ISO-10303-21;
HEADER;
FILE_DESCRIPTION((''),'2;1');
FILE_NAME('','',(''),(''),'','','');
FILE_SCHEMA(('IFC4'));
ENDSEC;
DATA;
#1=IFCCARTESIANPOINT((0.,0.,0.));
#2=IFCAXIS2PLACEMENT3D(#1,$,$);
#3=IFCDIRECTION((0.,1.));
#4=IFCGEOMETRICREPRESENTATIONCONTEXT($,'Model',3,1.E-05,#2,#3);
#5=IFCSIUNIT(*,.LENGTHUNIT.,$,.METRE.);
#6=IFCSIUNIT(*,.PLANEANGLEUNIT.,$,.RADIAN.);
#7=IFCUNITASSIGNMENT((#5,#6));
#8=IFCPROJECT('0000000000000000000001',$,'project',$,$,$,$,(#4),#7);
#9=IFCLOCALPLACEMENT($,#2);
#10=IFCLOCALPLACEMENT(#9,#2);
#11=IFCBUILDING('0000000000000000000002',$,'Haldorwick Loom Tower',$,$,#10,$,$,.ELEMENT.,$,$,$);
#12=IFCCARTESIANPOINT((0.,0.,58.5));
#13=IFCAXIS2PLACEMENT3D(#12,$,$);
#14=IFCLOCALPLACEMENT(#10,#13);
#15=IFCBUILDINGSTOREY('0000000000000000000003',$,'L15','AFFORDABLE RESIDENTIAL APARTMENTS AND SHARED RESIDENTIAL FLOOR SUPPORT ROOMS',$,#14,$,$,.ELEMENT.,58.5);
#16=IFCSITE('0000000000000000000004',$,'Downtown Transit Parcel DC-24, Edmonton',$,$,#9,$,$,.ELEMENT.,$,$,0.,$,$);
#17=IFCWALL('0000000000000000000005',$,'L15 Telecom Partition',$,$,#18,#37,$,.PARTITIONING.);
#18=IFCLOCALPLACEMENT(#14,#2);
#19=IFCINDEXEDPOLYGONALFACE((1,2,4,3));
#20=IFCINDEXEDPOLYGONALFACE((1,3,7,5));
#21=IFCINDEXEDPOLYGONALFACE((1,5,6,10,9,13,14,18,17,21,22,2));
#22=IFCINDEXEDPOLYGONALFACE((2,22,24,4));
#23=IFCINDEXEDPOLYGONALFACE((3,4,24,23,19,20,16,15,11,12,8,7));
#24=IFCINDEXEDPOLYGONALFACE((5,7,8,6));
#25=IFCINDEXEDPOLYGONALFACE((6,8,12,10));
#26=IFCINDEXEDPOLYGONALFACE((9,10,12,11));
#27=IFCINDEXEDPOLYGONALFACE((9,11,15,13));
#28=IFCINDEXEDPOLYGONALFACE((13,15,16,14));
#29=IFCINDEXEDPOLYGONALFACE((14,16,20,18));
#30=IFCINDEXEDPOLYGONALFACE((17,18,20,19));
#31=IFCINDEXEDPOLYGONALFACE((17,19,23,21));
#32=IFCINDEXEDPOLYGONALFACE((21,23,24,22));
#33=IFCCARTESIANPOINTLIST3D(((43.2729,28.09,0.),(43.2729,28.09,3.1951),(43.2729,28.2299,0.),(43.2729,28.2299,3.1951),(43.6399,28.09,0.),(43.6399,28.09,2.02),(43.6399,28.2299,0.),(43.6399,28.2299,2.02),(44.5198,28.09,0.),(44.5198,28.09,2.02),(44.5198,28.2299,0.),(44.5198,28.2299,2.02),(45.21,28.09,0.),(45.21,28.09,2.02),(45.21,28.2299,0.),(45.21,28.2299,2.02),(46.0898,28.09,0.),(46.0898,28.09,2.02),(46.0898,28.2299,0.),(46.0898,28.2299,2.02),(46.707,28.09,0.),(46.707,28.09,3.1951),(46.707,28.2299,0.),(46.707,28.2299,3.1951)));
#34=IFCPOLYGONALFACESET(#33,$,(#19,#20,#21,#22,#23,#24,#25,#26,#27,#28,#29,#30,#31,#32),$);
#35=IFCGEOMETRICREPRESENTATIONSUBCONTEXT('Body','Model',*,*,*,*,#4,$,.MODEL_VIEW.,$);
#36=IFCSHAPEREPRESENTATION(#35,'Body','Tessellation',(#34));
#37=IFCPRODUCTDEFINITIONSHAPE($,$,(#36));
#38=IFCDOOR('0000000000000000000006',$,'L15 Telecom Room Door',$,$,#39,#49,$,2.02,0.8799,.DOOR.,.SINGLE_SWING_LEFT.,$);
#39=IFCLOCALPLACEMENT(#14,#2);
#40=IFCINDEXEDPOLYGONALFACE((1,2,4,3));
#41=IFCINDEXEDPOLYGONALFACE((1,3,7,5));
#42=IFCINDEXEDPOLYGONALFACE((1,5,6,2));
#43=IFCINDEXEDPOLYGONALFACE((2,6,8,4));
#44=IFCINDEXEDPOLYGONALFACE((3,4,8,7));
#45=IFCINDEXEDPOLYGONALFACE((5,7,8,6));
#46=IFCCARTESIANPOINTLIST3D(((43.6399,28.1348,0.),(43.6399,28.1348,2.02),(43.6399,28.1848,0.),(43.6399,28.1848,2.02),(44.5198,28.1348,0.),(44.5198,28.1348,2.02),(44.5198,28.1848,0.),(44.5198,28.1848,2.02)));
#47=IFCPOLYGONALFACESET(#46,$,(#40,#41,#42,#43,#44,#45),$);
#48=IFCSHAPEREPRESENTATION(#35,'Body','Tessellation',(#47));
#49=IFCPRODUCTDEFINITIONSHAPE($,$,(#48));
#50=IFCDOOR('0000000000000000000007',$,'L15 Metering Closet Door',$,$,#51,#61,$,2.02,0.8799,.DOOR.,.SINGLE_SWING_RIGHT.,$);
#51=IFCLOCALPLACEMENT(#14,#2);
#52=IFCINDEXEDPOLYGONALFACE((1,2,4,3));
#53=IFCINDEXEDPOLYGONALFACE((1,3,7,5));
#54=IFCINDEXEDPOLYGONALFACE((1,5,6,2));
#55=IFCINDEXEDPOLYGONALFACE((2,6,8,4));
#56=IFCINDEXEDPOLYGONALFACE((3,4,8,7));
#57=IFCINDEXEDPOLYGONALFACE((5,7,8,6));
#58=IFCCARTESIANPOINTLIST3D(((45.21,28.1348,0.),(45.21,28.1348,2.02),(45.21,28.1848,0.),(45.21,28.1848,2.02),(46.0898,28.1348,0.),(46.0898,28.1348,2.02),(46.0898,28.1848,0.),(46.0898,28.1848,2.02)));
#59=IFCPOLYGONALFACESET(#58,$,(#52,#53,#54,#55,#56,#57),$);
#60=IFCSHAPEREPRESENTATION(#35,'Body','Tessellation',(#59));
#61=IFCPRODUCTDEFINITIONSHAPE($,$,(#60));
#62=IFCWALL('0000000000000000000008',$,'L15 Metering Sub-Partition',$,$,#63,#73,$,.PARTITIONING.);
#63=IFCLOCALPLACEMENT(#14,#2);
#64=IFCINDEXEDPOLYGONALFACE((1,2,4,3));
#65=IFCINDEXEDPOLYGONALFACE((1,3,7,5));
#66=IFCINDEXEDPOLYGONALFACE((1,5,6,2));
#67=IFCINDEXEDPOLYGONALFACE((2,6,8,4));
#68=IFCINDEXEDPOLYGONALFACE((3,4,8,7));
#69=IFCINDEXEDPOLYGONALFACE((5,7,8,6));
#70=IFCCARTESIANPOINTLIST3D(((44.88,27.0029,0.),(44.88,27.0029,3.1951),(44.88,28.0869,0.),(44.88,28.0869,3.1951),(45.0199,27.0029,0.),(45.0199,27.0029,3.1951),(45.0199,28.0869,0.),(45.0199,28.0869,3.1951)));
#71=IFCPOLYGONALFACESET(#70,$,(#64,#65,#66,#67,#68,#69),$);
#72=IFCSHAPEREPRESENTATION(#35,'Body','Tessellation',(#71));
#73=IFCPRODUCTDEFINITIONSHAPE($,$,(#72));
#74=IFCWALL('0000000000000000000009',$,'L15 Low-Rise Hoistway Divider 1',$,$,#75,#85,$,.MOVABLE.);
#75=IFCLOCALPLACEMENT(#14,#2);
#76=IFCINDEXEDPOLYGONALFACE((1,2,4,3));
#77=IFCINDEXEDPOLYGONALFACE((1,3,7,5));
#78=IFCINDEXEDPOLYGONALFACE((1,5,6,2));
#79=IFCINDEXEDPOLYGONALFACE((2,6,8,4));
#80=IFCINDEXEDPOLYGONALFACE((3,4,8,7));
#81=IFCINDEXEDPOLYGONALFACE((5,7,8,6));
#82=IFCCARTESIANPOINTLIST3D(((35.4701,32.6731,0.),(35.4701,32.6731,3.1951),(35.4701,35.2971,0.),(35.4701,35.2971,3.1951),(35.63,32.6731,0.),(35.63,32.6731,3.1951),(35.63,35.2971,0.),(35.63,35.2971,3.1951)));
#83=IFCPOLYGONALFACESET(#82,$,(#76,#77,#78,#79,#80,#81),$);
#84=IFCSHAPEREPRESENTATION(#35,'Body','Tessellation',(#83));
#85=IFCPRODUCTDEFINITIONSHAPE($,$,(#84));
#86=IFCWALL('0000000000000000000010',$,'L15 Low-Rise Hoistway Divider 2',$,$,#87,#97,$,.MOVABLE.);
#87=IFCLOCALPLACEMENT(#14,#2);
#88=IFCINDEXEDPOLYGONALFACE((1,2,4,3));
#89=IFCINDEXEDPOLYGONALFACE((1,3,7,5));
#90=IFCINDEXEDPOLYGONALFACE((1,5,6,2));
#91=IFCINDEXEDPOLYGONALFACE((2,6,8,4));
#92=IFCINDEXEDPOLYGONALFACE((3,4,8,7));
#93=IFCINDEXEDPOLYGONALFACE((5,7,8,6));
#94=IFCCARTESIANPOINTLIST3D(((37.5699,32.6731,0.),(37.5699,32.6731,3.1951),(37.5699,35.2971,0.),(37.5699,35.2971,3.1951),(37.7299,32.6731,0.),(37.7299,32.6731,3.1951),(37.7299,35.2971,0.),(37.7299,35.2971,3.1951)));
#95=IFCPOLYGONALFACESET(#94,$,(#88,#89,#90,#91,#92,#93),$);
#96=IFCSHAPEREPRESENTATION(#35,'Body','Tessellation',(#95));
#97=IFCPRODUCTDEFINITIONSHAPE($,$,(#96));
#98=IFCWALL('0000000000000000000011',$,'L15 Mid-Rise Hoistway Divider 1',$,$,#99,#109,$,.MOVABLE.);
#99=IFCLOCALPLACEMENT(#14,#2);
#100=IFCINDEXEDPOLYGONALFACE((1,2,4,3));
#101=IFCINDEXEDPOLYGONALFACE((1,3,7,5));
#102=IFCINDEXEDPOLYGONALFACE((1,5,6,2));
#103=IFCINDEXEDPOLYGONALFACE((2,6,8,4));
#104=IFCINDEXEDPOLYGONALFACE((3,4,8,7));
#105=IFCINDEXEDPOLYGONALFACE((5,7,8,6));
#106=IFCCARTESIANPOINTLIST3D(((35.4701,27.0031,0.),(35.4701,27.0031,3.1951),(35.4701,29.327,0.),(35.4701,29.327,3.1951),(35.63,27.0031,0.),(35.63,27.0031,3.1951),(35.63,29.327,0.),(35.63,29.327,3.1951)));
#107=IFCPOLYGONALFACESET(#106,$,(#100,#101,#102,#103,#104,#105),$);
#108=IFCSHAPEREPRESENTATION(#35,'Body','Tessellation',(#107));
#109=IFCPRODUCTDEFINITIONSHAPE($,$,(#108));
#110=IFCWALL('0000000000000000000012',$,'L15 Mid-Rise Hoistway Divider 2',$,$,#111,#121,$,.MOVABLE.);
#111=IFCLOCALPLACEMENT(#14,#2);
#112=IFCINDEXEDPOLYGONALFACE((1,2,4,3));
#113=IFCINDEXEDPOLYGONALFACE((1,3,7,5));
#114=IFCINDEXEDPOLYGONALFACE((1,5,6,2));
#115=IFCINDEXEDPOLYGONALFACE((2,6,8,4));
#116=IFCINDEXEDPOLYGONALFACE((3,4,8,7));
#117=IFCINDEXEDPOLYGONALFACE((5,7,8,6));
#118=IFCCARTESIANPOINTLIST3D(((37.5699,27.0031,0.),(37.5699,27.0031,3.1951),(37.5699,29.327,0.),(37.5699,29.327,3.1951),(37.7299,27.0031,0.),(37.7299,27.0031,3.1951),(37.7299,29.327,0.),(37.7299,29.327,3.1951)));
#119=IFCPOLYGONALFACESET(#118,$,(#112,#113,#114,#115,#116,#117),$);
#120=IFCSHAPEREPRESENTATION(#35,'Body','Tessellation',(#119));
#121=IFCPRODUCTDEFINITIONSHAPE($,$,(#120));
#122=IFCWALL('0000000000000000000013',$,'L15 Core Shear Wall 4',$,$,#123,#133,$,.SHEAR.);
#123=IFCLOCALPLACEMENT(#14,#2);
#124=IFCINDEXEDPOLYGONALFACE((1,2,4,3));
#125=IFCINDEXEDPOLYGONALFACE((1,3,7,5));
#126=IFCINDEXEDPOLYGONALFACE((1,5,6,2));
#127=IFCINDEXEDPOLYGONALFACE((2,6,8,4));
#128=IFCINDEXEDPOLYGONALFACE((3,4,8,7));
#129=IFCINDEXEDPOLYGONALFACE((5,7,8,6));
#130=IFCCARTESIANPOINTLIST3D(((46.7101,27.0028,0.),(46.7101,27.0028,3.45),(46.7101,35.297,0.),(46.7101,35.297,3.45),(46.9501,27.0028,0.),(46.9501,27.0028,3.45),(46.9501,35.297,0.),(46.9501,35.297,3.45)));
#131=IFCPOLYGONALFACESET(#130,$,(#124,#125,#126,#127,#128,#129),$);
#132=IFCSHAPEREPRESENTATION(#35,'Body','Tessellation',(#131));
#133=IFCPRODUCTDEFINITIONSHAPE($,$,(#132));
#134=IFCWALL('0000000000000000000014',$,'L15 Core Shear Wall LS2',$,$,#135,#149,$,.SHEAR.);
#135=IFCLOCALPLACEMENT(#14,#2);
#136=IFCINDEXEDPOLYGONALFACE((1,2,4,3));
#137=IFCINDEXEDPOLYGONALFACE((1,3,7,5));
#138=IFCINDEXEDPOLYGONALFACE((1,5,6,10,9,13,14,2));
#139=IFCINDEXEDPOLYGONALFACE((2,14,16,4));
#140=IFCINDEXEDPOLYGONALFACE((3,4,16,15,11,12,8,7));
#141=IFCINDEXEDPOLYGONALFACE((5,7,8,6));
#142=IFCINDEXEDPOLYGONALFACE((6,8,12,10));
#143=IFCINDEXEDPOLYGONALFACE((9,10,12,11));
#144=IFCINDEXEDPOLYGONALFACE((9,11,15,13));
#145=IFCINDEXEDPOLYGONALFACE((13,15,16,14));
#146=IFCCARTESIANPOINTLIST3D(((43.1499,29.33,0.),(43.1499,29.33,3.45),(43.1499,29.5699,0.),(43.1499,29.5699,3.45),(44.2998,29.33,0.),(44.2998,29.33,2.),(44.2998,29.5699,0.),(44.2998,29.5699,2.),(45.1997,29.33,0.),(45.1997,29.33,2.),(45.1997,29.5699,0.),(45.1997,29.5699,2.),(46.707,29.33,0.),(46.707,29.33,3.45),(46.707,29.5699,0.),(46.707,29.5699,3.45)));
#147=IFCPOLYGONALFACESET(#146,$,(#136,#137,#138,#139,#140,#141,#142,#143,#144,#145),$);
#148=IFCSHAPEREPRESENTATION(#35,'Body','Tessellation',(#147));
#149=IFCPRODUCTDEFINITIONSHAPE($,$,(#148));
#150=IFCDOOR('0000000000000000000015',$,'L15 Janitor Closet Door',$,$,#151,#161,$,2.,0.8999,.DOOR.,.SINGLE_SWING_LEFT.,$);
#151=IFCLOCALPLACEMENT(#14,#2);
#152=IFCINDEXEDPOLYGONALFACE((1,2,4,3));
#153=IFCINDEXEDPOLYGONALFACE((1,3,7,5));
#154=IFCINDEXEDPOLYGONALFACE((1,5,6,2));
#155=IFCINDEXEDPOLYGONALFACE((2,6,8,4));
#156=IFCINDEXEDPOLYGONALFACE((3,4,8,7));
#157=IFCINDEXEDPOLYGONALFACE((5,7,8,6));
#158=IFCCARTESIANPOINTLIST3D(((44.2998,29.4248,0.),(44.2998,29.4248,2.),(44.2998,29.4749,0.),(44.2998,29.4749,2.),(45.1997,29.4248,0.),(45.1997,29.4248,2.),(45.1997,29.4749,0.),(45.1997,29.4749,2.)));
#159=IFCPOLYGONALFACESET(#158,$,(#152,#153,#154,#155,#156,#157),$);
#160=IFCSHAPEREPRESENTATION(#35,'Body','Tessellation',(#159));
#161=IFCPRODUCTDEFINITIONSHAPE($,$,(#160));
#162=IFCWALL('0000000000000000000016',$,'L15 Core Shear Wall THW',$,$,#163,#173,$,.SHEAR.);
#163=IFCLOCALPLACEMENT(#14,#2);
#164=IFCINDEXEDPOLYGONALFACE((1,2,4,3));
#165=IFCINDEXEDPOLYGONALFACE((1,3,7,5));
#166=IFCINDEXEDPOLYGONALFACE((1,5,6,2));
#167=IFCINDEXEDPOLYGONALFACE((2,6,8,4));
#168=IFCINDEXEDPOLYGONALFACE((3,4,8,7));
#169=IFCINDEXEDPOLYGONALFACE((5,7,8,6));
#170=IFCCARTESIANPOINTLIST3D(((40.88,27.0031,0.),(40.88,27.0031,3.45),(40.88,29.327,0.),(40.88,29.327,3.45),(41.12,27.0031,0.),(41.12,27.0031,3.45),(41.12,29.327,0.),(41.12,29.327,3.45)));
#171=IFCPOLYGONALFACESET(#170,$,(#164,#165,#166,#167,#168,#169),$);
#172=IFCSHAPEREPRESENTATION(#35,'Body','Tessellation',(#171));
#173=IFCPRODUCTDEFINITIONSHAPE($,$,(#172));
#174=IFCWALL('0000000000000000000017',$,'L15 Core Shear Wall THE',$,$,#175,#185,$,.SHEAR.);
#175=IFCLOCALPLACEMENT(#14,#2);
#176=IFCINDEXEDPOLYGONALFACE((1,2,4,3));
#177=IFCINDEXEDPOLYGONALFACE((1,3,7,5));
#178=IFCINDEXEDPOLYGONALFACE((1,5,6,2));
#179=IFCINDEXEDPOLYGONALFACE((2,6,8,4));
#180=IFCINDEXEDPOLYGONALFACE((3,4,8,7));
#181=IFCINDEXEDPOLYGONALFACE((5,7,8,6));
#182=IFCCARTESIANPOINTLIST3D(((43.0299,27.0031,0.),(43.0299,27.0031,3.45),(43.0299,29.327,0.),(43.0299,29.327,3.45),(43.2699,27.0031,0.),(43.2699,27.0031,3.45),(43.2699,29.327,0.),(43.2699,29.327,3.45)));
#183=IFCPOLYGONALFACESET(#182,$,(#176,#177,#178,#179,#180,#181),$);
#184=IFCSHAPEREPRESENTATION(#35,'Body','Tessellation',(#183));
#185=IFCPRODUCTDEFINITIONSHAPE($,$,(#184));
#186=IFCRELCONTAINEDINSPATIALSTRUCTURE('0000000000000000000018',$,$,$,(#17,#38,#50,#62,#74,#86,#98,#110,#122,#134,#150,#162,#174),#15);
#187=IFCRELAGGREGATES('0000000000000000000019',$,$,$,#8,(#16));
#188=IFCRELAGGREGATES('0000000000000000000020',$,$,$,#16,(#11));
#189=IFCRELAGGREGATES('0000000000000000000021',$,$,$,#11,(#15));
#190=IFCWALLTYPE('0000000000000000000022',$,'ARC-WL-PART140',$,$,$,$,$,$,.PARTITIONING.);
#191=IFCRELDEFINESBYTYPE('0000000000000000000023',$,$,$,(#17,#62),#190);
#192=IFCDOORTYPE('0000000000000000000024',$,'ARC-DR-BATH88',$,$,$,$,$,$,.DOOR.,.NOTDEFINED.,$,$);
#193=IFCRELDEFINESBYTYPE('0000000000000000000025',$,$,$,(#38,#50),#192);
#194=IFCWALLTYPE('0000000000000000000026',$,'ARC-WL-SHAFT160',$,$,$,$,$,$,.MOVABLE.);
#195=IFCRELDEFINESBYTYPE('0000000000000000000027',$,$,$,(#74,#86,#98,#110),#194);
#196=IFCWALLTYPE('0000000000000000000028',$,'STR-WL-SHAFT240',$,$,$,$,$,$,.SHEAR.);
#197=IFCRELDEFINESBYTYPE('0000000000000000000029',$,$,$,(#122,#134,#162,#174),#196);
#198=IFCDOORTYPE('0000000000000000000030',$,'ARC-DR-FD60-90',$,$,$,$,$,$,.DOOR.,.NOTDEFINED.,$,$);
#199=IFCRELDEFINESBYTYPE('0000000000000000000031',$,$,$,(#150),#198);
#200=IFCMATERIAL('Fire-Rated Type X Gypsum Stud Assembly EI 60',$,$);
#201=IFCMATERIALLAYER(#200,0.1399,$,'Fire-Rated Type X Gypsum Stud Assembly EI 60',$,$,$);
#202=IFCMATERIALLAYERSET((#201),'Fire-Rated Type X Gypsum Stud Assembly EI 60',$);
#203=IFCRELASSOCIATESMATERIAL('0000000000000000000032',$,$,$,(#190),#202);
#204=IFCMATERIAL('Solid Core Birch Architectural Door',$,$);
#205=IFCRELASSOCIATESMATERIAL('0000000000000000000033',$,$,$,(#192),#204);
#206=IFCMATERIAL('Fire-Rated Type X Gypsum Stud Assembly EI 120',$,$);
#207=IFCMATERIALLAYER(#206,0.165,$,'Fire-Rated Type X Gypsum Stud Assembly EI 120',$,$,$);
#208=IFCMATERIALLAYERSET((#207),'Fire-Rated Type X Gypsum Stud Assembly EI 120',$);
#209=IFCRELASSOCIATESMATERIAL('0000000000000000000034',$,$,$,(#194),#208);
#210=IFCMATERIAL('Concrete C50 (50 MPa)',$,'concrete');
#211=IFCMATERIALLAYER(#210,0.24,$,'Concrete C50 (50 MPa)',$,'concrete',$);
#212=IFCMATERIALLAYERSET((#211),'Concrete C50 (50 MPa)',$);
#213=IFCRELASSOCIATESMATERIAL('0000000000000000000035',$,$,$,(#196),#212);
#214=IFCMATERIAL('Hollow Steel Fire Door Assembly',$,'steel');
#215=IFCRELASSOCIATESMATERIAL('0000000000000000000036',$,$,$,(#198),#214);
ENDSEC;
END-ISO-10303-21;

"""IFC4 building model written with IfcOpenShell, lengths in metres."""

from ifc_helpers import new_model, si_unit, direction, frame, frame_2d, origin, place, context, subcontext, project, spatial, rectangle, extrude, material, layer, layer_set, type_object, element, fill, save


model = new_model("IFC4")

# Units and contexts
model_context = context("Model", 3, precision=1e-05, world=origin(), true_north=direction((0.0, 1.0)))
body_context = subcontext(model_context, "Body", "Model", "MODEL_VIEW")
ifc_project = project(units=[si_unit("LENGTHUNIT", "METRE"), si_unit("PLANEANGLEUNIT", "RADIAN")], contexts=[model_context])

# Site, building, storey
site_placement = place(None, origin())
site = spatial("IfcSite", under=ifc_project, at=site_placement, Name="Downtown Transit Parcel DC-24, Edmonton", CompositionType="ELEMENT", RefElevation=0.0)
building_placement = place(site_placement, origin())
building = spatial("IfcBuilding", under=site, at=building_placement, Name="Haldorwick Loom Tower", CompositionType="ELEMENT")
storey_placement = place(building_placement, frame((0.0, 0.0, 58.5)))
storey = spatial("IfcBuildingStorey", under=building, at=storey_placement, Name="L15", Description="AFFORDABLE RESIDENTIAL APARTMENTS AND SHARED RESIDENTIAL FLOOR SUPPORT ROOMS", CompositionType="ELEMENT", Elevation=58.5)

# Wall, openings, doors
ifc_material_1 = material(Name="Fire-Rated Type X Gypsum Stud Assembly EI 60")
ifc_layer_1 = layer(ifc_material_1, 0.1399, Name="Fire-Rated Type X Gypsum Stud Assembly EI 60")
ifc_layer_set_1 = layer_set([ifc_layer_1], Name="Fire-Rated Type X Gypsum Stud Assembly EI 60")
wall_type_1 = type_object("IfcWallType", Name="ARC-WL-PART140", PredefinedType="PARTITIONING", material=ifc_layer_set_1)
wall_1_placement = place(storey_placement, frame((43.2729, 28.1599, 0.0), z_axis=(0.0, 0.0, 1.0), x_axis=(1.0, 0.0, 0.0)))
wall_1 = element("IfcWall", 1, at=wall_1_placement, inside=storey, type_object=wall_type_1, Name="L15 Telecom Partition", PredefinedType="PARTITIONING", context=body_context, shape_type="SweptSolid", body=[
    extrude(rectangle(XDim=3.4341, YDim=0.1399, at=frame_2d((1.717, 0.0))), origin(), (0.0, 0.0, 1.0), 3.1951),
])
opening_1_placement = place(wall_1_placement, frame((0.3669, 0.0, 0.0)))
opening_1 = element("IfcOpeningElement", 2, at=opening_1_placement, cuts=wall_1, PredefinedType="OPENING", context=body_context, shape_type="SweptSolid", body=[
    extrude(rectangle(XDim=0.8799, YDim=2.02, at=frame_2d((0.4399, 1.01))), frame((0.0, 0.0798, 0.0), z_axis=(0.0, -1.0, 0.0), x_axis=(1.0, 0.0, 0.0)), (0.0, 0.0, 1.0), 0.1599),
])
opening_2_placement = place(wall_1_placement, frame((1.937, 0.0, 0.0)))
opening_2 = element("IfcOpeningElement", 3, at=opening_2_placement, cuts=wall_1, PredefinedType="OPENING", context=body_context, shape_type="SweptSolid", body=[
    extrude(rectangle(XDim=0.8799, YDim=2.02, at=frame_2d((0.4399, 1.01))), frame((0.0, 0.0798, 0.0), z_axis=(0.0, -1.0, 0.0), x_axis=(1.0, 0.0, 0.0)), (0.0, 0.0, 1.0), 0.1599),
])
ifc_material_2 = material(Name="Solid Core Birch Architectural Door")
door_type_1 = type_object("IfcDoorType", Name="ARC-DR-BATH88", OperationType="NOTDEFINED", PredefinedType="DOOR", material=ifc_material_2)
door_1_placement = place(opening_1_placement, origin())
door_1 = element("IfcDoor", 4, at=door_1_placement, inside=storey, type_object=door_type_1, Name="L15 Telecom Room Door", OperationType="SINGLE_SWING_LEFT", OverallHeight=2.02, OverallWidth=0.8799, PredefinedType="DOOR", context=body_context, shape_type="SweptSolid", body=[
    extrude(rectangle(XDim=0.8799, YDim=2.02, at=frame_2d((0.4399, 1.01))), frame((0.0, 0.0249, 0.0), z_axis=(0.0, -1.0, 0.0), x_axis=(1.0, 0.0, 0.0)), (0.0, 0.0, 1.0), 0.05),
])
fill(opening_1, door_1)
door_2_placement = place(opening_2_placement, origin())
door_2 = element("IfcDoor", 5, at=door_2_placement, inside=storey, type_object=door_type_1, Name="L15 Metering Closet Door", OperationType="SINGLE_SWING_RIGHT", OverallHeight=2.02, OverallWidth=0.8799, PredefinedType="DOOR", context=body_context, shape_type="SweptSolid", body=[
    extrude(rectangle(XDim=0.8799, YDim=2.02, at=frame_2d((0.4399, 1.01))), frame((0.0, 0.0249, 0.0), z_axis=(0.0, -1.0, 0.0), x_axis=(1.0, 0.0, 0.0)), (0.0, 0.0, 1.0), 0.05),
])
fill(opening_2, door_2)

# Walls
wall_2_placement = place(storey_placement, frame((44.95, 27.0029, 0.0), z_axis=(0.0, 0.0, 1.0), x_axis=(0.0, 1.0, 0.0)))
element("IfcWall", 6, at=wall_2_placement, inside=storey, type_object=wall_type_1, Name="L15 Metering Sub-Partition", PredefinedType="PARTITIONING", context=body_context, shape_type="SweptSolid", body=[
    extrude(rectangle(XDim=1.084, YDim=0.1399, at=frame_2d((0.542, 0.0))), origin(), (0.0, 0.0, 1.0), 3.1951),
])
ifc_material_3 = material(Name="Fire-Rated Type X Gypsum Stud Assembly EI 120")
ifc_layer_2 = layer(ifc_material_3, 0.165, Name="Fire-Rated Type X Gypsum Stud Assembly EI 120")
ifc_layer_set_2 = layer_set([ifc_layer_2], Name="Fire-Rated Type X Gypsum Stud Assembly EI 120")
wall_type_2 = type_object("IfcWallType", Name="ARC-WL-SHAFT160", PredefinedType="MOVABLE", material=ifc_layer_set_2)
for number, where, z_axis, x_axis, name in (
    (7, (35.55, 32.6731, 0.0), (0.0, 0.0, 1.0), (0.0, 1.0, 0.0), "L15 Low-Rise Hoistway Divider 1"),
    (8, (37.6499, 32.6731, 0.0), (0.0, 0.0, 1.0), (0.0, 1.0, 0.0), "L15 Low-Rise Hoistway Divider 2"),
):
    element("IfcWall", number, at=place(storey_placement, frame(where, z_axis=z_axis, x_axis=x_axis)), inside=storey, type_object=wall_type_2, Name=name, PredefinedType="MOVABLE", context=body_context, shape_type="SweptSolid", body=[
        extrude(rectangle(XDim=2.624, YDim=0.1599, at=frame_2d((1.312, 0.0))), origin(), (0.0, 0.0, 1.0), 3.1951),
    ])
for number, where, z_axis, x_axis, name in (
    (9, (35.55, 27.0029, 0.0), (0.0, 0.0, 1.0), (0.0, 1.0, 0.0), "L15 Mid-Rise Hoistway Divider 1"),
    (10, (37.6499, 27.0029, 0.0), (0.0, 0.0, 1.0), (0.0, 1.0, 0.0), "L15 Mid-Rise Hoistway Divider 2"),
):
    element("IfcWall", number, at=place(storey_placement, frame(where, z_axis=z_axis, x_axis=x_axis)), inside=storey, type_object=wall_type_2, Name=name, PredefinedType="MOVABLE", context=body_context, shape_type="SweptSolid", body=[
        extrude(rectangle(XDim=2.324, YDim=0.1599, at=frame_2d((1.1621, 0.0))), origin(), (0.0, 0.0, 1.0), 3.1951),
    ])
ifc_material_4 = material(Name="Concrete C50 (50 MPa)", Category="concrete")
ifc_layer_3 = layer(ifc_material_4, 0.24, Name="Concrete C50 (50 MPa)", Category="concrete")
ifc_layer_set_3 = layer_set([ifc_layer_3], Name="Concrete C50 (50 MPa)")
wall_type_3 = type_object("IfcWallType", Name="STR-WL-SHAFT240", PredefinedType="SHEAR", material=ifc_layer_set_3)
wall_3_placement = place(storey_placement, frame((46.8301, 27.0029, 0.0), z_axis=(0.0, 0.0, 1.0), x_axis=(0.0, 1.0, 0.0)))
element("IfcWall", 11, at=wall_3_placement, inside=storey, type_object=wall_type_3, Name="L15 Core Shear Wall 4", PredefinedType="SHEAR", context=body_context, shape_type="SweptSolid", body=[
    extrude(rectangle(XDim=8.2942, YDim=0.24, at=frame_2d((4.147, 0.0))), origin(), (0.0, 0.0, 1.0), 3.45),
])

# Wall, opening, door
wall_4_placement = place(storey_placement, frame((43.1499, 29.45, 0.0), z_axis=(0.0, 0.0, 1.0), x_axis=(1.0, 0.0, 0.0)))
wall_4 = element("IfcWall", 12, at=wall_4_placement, inside=storey, type_object=wall_type_3, Name="L15 Core Shear Wall LS2", PredefinedType="SHEAR", context=body_context, shape_type="SweptSolid", body=[
    extrude(rectangle(XDim=3.5571, YDim=0.24, at=frame_2d((1.7786, 0.0))), origin(), (0.0, 0.0, 1.0), 3.45),
])
opening_3_placement = place(wall_4_placement, frame((1.1499, 0.0, 0.0)))
opening_3 = element("IfcOpeningElement", 13, at=opening_3_placement, cuts=wall_4, PredefinedType="OPENING", context=body_context, shape_type="SweptSolid", body=[
    extrude(rectangle(XDim=0.8999, YDim=2.0, at=frame_2d((0.45, 1.0))), frame((0.0, 0.1299, 0.0), z_axis=(0.0, -1.0, 0.0), x_axis=(1.0, 0.0, 0.0)), (0.0, 0.0, 1.0), 0.26),
])
ifc_material_5 = material(Name="Hollow Steel Fire Door Assembly", Category="steel")
door_type_2 = type_object("IfcDoorType", Name="ARC-DR-FD60-90", OperationType="NOTDEFINED", PredefinedType="DOOR", material=ifc_material_5)
door_3_placement = place(opening_3_placement, origin())
door_3 = element("IfcDoor", 14, at=door_3_placement, inside=storey, type_object=door_type_2, Name="L15 Janitor Closet Door", OperationType="SINGLE_SWING_LEFT", OverallHeight=2.0, OverallWidth=0.8999, PredefinedType="DOOR", context=body_context, shape_type="SweptSolid", body=[
    extrude(rectangle(XDim=0.8999, YDim=2.0, at=frame_2d((0.45, 1.0))), frame((0.0, 0.0249, 0.0), z_axis=(0.0, -1.0, 0.0), x_axis=(1.0, 0.0, 0.0)), (0.0, 0.0, 1.0), 0.05),
])
fill(opening_3, door_3)

# Walls
for number, where, z_axis, x_axis, name in (
    (15, (41.0, 27.0029, 0.0), (0.0, 0.0, 1.0), (0.0, 1.0, 0.0), "L15 Core Shear Wall THW"),
    (16, (43.1499, 27.0029, 0.0), (0.0, 0.0, 1.0), (0.0, 1.0, 0.0), "L15 Core Shear Wall THE"),
):
    element("IfcWall", number, at=place(storey_placement, frame(where, z_axis=z_axis, x_axis=x_axis)), inside=storey, type_object=wall_type_3, Name=name, PredefinedType="SHEAR", context=body_context, shape_type="SweptSolid", body=[
        extrude(rectangle(XDim=2.324, YDim=0.24, at=frame_2d((1.1621, 0.0))), origin(), (0.0, 0.0, 1.0), 3.45),
    ])

save(model, "model.ifc")
